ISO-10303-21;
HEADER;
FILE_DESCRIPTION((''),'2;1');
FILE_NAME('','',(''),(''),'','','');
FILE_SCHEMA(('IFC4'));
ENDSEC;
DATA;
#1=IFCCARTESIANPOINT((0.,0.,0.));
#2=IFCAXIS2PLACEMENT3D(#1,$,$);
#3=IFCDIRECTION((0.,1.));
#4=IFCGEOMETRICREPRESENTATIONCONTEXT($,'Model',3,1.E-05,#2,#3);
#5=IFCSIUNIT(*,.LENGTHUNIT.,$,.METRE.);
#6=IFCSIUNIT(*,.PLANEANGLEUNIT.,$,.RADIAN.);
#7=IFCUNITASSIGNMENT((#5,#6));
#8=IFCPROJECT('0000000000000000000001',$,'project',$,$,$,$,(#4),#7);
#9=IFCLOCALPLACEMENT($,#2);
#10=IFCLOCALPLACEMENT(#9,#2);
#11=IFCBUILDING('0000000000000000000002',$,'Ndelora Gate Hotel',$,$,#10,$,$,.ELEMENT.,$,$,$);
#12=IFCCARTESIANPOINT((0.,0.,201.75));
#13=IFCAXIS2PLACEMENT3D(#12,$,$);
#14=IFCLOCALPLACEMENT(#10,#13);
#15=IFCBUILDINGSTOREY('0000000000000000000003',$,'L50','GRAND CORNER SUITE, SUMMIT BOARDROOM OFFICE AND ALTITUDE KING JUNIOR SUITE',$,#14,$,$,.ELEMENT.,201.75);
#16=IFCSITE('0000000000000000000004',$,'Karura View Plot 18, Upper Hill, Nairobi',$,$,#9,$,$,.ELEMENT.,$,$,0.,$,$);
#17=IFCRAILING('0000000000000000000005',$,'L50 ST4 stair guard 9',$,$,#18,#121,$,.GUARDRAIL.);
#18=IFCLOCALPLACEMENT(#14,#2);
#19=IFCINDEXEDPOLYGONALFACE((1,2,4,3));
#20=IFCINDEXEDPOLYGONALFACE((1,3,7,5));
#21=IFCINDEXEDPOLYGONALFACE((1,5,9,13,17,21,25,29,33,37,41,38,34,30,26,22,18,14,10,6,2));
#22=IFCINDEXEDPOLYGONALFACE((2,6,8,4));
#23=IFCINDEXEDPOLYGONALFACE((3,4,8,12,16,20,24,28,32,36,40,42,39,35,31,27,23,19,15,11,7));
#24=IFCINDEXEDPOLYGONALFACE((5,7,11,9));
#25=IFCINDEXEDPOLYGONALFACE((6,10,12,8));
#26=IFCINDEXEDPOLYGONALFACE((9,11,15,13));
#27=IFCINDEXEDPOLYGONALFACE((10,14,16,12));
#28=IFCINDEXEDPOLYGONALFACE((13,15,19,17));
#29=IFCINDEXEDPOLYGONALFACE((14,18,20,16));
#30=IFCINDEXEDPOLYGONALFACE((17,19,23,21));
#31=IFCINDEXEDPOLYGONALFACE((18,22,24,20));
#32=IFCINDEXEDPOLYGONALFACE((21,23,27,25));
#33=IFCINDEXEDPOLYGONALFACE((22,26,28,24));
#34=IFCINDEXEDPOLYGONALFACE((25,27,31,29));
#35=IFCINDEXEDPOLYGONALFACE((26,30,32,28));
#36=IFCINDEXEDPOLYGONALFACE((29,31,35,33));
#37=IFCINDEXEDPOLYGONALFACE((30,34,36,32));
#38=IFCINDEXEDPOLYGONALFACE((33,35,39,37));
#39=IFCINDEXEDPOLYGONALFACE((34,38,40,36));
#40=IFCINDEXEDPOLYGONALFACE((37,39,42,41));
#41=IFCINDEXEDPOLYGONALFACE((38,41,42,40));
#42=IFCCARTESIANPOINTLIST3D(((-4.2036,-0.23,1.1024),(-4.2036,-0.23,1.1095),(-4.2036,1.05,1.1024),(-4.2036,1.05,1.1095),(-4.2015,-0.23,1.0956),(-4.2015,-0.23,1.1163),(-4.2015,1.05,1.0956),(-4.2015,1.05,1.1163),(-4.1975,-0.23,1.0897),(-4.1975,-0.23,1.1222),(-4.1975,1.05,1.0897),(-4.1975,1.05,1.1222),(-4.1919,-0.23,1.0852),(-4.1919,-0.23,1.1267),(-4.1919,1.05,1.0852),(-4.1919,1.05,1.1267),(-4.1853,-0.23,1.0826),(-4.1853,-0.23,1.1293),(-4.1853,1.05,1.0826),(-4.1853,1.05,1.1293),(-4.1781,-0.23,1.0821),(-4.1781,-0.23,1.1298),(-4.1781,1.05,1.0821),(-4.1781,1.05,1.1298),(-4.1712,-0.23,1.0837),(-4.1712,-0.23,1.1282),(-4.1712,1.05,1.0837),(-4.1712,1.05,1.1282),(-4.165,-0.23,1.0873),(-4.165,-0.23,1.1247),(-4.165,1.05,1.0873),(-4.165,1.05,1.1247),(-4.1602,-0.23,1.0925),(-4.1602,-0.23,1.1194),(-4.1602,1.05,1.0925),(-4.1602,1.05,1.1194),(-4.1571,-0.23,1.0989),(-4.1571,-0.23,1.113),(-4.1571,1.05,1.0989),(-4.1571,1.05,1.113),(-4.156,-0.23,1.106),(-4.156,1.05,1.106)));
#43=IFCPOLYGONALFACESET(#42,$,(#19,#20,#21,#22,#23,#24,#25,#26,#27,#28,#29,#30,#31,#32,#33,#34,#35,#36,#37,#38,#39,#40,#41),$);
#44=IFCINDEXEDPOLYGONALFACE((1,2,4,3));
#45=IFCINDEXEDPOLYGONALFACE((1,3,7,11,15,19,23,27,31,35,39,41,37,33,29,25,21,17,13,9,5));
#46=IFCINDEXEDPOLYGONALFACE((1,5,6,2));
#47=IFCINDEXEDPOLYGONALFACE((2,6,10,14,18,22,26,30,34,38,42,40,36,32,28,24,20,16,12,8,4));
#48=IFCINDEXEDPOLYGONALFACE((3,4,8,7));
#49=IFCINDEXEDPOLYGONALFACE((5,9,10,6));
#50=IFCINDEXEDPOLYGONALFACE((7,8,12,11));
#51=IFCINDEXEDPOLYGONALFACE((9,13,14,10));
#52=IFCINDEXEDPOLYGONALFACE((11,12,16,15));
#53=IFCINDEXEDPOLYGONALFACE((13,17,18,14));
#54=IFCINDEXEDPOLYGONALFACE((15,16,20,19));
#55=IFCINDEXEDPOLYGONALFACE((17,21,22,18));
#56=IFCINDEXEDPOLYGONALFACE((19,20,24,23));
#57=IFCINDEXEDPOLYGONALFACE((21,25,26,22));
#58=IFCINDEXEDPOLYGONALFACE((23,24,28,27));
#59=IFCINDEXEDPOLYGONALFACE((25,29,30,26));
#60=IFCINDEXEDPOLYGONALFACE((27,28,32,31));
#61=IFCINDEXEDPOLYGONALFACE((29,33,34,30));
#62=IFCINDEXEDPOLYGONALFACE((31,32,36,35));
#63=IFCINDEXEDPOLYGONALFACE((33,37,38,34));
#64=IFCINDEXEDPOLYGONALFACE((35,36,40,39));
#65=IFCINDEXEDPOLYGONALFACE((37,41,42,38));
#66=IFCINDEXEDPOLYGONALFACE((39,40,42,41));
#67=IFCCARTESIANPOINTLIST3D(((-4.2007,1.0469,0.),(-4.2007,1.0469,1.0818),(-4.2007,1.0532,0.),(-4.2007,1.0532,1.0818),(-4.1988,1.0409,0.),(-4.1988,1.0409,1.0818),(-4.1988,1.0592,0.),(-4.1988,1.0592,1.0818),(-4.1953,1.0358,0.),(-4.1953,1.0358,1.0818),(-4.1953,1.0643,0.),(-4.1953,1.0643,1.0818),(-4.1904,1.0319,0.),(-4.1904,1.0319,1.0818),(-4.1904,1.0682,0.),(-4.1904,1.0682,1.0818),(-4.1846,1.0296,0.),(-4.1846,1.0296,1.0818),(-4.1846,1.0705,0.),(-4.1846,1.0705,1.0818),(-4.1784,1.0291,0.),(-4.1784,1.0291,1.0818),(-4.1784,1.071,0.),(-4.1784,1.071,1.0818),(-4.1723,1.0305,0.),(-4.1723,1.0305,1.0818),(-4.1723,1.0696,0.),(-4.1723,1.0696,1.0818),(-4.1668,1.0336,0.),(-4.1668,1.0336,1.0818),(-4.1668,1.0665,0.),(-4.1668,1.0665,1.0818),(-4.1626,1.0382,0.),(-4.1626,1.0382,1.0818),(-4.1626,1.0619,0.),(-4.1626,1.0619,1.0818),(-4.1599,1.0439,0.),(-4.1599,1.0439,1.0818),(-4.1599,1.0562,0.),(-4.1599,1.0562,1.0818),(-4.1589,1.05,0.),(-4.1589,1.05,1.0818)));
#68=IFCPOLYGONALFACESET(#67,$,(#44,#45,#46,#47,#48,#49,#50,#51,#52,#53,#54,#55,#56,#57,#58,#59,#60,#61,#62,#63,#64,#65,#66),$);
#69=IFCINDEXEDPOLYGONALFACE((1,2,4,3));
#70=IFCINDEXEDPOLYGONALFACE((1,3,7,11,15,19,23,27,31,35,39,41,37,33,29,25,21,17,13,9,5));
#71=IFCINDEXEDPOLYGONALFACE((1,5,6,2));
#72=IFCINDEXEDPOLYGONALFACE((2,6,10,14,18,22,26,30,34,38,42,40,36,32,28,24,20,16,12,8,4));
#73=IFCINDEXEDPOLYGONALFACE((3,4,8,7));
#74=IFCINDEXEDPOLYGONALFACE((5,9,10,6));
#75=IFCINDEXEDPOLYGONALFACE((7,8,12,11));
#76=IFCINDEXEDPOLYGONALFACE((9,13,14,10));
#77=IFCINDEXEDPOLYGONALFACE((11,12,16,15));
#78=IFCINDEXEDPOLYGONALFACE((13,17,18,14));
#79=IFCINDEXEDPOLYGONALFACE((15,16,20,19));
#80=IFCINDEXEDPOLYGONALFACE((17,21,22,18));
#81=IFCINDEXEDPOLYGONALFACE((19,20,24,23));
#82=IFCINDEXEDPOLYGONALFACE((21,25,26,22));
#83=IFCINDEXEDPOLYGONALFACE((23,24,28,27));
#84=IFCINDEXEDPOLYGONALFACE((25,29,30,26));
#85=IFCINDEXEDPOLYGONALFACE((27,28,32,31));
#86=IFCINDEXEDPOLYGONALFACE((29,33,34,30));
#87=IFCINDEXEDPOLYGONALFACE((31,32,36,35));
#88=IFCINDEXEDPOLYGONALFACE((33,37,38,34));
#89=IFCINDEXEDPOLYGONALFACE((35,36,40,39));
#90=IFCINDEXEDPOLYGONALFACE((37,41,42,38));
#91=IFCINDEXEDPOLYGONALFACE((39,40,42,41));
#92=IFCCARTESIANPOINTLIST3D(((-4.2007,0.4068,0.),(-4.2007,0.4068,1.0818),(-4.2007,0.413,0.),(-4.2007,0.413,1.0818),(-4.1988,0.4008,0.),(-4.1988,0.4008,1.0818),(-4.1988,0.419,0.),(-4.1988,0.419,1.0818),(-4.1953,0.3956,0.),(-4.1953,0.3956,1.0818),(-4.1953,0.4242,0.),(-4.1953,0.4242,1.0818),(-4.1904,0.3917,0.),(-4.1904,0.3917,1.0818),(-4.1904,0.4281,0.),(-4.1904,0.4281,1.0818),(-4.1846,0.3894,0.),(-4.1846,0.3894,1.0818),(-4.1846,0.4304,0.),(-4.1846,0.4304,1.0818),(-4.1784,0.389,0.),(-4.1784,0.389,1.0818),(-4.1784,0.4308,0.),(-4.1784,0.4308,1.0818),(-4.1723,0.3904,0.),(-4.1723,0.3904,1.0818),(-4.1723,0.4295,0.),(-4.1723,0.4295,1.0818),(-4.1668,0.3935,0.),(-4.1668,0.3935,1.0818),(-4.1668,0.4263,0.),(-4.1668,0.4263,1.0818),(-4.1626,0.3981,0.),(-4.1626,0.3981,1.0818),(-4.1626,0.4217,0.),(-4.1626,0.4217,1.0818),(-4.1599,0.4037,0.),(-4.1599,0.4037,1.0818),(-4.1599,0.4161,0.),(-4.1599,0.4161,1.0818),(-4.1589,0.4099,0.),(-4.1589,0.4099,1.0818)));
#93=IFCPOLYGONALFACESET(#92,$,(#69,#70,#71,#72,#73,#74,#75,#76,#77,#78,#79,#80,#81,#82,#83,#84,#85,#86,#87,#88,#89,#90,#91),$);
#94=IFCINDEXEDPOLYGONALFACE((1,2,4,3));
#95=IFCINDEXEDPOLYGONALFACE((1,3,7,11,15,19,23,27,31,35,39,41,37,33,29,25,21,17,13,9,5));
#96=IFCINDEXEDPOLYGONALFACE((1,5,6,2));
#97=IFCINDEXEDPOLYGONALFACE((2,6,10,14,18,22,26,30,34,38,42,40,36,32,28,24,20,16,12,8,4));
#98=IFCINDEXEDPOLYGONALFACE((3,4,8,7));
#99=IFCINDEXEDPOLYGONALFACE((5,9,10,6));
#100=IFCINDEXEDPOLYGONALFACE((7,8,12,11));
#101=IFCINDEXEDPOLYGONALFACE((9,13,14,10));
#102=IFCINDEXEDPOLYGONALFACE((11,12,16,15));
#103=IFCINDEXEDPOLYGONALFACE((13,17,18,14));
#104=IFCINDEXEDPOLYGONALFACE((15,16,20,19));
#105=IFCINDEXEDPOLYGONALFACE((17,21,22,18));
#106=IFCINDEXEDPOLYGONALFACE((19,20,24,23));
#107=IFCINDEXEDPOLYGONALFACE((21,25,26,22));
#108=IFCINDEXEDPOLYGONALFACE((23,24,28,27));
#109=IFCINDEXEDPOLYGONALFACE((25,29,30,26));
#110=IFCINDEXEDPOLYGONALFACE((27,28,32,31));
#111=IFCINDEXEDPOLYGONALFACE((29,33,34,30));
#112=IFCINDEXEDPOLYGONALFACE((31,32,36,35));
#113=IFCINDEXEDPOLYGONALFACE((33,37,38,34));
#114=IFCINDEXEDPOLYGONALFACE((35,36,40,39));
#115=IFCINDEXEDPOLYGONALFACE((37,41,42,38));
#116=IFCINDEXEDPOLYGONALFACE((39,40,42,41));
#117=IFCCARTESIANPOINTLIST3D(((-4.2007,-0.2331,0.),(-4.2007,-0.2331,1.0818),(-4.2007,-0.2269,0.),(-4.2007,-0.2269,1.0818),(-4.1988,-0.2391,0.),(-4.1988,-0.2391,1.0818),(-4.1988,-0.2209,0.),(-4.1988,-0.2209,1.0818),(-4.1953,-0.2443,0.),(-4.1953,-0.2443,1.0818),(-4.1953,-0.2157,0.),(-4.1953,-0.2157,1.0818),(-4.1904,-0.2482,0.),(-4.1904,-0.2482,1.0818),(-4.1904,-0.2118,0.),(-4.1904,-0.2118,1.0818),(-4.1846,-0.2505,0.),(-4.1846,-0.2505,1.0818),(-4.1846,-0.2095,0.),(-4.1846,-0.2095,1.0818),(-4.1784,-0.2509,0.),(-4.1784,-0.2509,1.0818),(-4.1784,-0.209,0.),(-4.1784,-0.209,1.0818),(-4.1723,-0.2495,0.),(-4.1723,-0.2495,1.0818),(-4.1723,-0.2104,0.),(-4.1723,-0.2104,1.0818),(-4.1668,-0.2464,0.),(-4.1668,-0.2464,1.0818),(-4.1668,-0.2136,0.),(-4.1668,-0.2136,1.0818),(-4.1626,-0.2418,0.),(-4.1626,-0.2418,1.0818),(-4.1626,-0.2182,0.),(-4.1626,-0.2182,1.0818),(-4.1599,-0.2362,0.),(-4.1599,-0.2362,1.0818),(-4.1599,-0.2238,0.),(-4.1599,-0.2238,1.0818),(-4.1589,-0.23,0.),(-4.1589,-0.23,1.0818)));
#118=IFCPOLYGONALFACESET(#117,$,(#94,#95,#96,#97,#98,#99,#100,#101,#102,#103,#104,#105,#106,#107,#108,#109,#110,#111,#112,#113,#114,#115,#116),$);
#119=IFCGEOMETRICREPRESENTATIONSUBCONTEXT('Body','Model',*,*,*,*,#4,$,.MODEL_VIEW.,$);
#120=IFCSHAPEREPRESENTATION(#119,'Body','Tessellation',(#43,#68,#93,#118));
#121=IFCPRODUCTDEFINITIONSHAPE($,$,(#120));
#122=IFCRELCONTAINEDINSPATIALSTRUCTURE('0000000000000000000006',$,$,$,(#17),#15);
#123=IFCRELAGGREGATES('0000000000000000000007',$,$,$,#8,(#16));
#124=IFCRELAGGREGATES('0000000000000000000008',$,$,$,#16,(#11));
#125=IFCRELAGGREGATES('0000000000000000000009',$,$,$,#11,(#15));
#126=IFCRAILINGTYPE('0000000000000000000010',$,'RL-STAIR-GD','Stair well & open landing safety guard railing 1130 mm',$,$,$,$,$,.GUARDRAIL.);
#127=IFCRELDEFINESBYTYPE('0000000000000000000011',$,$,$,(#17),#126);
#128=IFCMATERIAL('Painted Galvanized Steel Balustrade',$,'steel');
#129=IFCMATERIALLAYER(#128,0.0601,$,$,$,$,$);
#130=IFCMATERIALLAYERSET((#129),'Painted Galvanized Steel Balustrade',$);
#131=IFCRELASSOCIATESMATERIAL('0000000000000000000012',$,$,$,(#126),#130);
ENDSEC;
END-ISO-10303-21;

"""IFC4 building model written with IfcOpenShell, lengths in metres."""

from ifc_helpers import new_model, si_unit, direction, frame, origin, origin_2d, place, context, subcontext, project, spatial, circle, extrude, material, layer, layer_set, type_object, element, save


model = new_model("IFC4")

# Units and contexts
model_context = context("Model", 3, precision=1e-05, world=origin(), true_north=direction((0.0, 1.0)))
body_context = subcontext(model_context, "Body", "Model", "MODEL_VIEW")
ifc_project = project(units=[si_unit("LENGTHUNIT", "METRE"), si_unit("PLANEANGLEUNIT", "RADIAN")], contexts=[model_context])

# Site, building, storey
site_placement = place(None, origin())
site = spatial("IfcSite", under=ifc_project, at=site_placement, Name="Karura View Plot 18, Upper Hill, Nairobi", CompositionType="ELEMENT", RefElevation=0.0)
building_placement = place(site_placement, origin())
building = spatial("IfcBuilding", under=site, at=building_placement, Name="Ndelora Gate Hotel", CompositionType="ELEMENT")
storey_placement = place(building_placement, frame((0.0, 0.0, 201.75)))
storey = spatial("IfcBuildingStorey", under=building, at=storey_placement, Name="L50", Description="GRAND CORNER SUITE, SUMMIT BOARDROOM OFFICE AND ALTITUDE KING JUNIOR SUITE", CompositionType="ELEMENT", Elevation=201.75)

# Railing
ifc_material_1 = material(Name="Painted Galvanized Steel Balustrade", Category="steel")
ifc_layer_1 = layer(ifc_material_1, 0.0601)
ifc_layer_set_1 = layer_set([ifc_layer_1], Name="Painted Galvanized Steel Balustrade")
railing_type_1 = type_object("IfcRailingType", Name="RL-STAIR-GD", Description="Stair well & open landing safety guard railing 1130 mm", PredefinedType="GUARDRAIL", material=ifc_layer_set_1)
for number, where, name in (
    (1, (-4.1799, 1.05, 0.0), "L50 ST4 stair guard 9"),
):
    element("IfcRailing", number, at=place(storey_placement, frame(where)), inside=storey, type_object=railing_type_1, Name=name, PredefinedType="GUARDRAIL", context=body_context, shape_type="SweptSolid", body=[
        extrude(circle(Radius=0.0239, at=origin_2d()), frame((0.0, 0.0, 1.106), z_axis=(0.0, -1.0, 0.0), x_axis=(1.0, 0.0, 0.0)), (0.0, 0.0, 1.0), 1.28),
        extrude(circle(Radius=0.021, at=origin_2d()), origin(), (0.0, 0.0, 1.0), 1.0818),
        extrude(circle(Radius=0.021, at=origin_2d()), frame((0.0, -0.6401, 0.0)), (0.0, 0.0, 1.0), 1.0818),
        extrude(circle(Radius=0.021, at=origin_2d()), frame((0.0, -1.28, 0.0)), (0.0, 0.0, 1.0), 1.0818),
    ])

save(model, "model.ifc")
